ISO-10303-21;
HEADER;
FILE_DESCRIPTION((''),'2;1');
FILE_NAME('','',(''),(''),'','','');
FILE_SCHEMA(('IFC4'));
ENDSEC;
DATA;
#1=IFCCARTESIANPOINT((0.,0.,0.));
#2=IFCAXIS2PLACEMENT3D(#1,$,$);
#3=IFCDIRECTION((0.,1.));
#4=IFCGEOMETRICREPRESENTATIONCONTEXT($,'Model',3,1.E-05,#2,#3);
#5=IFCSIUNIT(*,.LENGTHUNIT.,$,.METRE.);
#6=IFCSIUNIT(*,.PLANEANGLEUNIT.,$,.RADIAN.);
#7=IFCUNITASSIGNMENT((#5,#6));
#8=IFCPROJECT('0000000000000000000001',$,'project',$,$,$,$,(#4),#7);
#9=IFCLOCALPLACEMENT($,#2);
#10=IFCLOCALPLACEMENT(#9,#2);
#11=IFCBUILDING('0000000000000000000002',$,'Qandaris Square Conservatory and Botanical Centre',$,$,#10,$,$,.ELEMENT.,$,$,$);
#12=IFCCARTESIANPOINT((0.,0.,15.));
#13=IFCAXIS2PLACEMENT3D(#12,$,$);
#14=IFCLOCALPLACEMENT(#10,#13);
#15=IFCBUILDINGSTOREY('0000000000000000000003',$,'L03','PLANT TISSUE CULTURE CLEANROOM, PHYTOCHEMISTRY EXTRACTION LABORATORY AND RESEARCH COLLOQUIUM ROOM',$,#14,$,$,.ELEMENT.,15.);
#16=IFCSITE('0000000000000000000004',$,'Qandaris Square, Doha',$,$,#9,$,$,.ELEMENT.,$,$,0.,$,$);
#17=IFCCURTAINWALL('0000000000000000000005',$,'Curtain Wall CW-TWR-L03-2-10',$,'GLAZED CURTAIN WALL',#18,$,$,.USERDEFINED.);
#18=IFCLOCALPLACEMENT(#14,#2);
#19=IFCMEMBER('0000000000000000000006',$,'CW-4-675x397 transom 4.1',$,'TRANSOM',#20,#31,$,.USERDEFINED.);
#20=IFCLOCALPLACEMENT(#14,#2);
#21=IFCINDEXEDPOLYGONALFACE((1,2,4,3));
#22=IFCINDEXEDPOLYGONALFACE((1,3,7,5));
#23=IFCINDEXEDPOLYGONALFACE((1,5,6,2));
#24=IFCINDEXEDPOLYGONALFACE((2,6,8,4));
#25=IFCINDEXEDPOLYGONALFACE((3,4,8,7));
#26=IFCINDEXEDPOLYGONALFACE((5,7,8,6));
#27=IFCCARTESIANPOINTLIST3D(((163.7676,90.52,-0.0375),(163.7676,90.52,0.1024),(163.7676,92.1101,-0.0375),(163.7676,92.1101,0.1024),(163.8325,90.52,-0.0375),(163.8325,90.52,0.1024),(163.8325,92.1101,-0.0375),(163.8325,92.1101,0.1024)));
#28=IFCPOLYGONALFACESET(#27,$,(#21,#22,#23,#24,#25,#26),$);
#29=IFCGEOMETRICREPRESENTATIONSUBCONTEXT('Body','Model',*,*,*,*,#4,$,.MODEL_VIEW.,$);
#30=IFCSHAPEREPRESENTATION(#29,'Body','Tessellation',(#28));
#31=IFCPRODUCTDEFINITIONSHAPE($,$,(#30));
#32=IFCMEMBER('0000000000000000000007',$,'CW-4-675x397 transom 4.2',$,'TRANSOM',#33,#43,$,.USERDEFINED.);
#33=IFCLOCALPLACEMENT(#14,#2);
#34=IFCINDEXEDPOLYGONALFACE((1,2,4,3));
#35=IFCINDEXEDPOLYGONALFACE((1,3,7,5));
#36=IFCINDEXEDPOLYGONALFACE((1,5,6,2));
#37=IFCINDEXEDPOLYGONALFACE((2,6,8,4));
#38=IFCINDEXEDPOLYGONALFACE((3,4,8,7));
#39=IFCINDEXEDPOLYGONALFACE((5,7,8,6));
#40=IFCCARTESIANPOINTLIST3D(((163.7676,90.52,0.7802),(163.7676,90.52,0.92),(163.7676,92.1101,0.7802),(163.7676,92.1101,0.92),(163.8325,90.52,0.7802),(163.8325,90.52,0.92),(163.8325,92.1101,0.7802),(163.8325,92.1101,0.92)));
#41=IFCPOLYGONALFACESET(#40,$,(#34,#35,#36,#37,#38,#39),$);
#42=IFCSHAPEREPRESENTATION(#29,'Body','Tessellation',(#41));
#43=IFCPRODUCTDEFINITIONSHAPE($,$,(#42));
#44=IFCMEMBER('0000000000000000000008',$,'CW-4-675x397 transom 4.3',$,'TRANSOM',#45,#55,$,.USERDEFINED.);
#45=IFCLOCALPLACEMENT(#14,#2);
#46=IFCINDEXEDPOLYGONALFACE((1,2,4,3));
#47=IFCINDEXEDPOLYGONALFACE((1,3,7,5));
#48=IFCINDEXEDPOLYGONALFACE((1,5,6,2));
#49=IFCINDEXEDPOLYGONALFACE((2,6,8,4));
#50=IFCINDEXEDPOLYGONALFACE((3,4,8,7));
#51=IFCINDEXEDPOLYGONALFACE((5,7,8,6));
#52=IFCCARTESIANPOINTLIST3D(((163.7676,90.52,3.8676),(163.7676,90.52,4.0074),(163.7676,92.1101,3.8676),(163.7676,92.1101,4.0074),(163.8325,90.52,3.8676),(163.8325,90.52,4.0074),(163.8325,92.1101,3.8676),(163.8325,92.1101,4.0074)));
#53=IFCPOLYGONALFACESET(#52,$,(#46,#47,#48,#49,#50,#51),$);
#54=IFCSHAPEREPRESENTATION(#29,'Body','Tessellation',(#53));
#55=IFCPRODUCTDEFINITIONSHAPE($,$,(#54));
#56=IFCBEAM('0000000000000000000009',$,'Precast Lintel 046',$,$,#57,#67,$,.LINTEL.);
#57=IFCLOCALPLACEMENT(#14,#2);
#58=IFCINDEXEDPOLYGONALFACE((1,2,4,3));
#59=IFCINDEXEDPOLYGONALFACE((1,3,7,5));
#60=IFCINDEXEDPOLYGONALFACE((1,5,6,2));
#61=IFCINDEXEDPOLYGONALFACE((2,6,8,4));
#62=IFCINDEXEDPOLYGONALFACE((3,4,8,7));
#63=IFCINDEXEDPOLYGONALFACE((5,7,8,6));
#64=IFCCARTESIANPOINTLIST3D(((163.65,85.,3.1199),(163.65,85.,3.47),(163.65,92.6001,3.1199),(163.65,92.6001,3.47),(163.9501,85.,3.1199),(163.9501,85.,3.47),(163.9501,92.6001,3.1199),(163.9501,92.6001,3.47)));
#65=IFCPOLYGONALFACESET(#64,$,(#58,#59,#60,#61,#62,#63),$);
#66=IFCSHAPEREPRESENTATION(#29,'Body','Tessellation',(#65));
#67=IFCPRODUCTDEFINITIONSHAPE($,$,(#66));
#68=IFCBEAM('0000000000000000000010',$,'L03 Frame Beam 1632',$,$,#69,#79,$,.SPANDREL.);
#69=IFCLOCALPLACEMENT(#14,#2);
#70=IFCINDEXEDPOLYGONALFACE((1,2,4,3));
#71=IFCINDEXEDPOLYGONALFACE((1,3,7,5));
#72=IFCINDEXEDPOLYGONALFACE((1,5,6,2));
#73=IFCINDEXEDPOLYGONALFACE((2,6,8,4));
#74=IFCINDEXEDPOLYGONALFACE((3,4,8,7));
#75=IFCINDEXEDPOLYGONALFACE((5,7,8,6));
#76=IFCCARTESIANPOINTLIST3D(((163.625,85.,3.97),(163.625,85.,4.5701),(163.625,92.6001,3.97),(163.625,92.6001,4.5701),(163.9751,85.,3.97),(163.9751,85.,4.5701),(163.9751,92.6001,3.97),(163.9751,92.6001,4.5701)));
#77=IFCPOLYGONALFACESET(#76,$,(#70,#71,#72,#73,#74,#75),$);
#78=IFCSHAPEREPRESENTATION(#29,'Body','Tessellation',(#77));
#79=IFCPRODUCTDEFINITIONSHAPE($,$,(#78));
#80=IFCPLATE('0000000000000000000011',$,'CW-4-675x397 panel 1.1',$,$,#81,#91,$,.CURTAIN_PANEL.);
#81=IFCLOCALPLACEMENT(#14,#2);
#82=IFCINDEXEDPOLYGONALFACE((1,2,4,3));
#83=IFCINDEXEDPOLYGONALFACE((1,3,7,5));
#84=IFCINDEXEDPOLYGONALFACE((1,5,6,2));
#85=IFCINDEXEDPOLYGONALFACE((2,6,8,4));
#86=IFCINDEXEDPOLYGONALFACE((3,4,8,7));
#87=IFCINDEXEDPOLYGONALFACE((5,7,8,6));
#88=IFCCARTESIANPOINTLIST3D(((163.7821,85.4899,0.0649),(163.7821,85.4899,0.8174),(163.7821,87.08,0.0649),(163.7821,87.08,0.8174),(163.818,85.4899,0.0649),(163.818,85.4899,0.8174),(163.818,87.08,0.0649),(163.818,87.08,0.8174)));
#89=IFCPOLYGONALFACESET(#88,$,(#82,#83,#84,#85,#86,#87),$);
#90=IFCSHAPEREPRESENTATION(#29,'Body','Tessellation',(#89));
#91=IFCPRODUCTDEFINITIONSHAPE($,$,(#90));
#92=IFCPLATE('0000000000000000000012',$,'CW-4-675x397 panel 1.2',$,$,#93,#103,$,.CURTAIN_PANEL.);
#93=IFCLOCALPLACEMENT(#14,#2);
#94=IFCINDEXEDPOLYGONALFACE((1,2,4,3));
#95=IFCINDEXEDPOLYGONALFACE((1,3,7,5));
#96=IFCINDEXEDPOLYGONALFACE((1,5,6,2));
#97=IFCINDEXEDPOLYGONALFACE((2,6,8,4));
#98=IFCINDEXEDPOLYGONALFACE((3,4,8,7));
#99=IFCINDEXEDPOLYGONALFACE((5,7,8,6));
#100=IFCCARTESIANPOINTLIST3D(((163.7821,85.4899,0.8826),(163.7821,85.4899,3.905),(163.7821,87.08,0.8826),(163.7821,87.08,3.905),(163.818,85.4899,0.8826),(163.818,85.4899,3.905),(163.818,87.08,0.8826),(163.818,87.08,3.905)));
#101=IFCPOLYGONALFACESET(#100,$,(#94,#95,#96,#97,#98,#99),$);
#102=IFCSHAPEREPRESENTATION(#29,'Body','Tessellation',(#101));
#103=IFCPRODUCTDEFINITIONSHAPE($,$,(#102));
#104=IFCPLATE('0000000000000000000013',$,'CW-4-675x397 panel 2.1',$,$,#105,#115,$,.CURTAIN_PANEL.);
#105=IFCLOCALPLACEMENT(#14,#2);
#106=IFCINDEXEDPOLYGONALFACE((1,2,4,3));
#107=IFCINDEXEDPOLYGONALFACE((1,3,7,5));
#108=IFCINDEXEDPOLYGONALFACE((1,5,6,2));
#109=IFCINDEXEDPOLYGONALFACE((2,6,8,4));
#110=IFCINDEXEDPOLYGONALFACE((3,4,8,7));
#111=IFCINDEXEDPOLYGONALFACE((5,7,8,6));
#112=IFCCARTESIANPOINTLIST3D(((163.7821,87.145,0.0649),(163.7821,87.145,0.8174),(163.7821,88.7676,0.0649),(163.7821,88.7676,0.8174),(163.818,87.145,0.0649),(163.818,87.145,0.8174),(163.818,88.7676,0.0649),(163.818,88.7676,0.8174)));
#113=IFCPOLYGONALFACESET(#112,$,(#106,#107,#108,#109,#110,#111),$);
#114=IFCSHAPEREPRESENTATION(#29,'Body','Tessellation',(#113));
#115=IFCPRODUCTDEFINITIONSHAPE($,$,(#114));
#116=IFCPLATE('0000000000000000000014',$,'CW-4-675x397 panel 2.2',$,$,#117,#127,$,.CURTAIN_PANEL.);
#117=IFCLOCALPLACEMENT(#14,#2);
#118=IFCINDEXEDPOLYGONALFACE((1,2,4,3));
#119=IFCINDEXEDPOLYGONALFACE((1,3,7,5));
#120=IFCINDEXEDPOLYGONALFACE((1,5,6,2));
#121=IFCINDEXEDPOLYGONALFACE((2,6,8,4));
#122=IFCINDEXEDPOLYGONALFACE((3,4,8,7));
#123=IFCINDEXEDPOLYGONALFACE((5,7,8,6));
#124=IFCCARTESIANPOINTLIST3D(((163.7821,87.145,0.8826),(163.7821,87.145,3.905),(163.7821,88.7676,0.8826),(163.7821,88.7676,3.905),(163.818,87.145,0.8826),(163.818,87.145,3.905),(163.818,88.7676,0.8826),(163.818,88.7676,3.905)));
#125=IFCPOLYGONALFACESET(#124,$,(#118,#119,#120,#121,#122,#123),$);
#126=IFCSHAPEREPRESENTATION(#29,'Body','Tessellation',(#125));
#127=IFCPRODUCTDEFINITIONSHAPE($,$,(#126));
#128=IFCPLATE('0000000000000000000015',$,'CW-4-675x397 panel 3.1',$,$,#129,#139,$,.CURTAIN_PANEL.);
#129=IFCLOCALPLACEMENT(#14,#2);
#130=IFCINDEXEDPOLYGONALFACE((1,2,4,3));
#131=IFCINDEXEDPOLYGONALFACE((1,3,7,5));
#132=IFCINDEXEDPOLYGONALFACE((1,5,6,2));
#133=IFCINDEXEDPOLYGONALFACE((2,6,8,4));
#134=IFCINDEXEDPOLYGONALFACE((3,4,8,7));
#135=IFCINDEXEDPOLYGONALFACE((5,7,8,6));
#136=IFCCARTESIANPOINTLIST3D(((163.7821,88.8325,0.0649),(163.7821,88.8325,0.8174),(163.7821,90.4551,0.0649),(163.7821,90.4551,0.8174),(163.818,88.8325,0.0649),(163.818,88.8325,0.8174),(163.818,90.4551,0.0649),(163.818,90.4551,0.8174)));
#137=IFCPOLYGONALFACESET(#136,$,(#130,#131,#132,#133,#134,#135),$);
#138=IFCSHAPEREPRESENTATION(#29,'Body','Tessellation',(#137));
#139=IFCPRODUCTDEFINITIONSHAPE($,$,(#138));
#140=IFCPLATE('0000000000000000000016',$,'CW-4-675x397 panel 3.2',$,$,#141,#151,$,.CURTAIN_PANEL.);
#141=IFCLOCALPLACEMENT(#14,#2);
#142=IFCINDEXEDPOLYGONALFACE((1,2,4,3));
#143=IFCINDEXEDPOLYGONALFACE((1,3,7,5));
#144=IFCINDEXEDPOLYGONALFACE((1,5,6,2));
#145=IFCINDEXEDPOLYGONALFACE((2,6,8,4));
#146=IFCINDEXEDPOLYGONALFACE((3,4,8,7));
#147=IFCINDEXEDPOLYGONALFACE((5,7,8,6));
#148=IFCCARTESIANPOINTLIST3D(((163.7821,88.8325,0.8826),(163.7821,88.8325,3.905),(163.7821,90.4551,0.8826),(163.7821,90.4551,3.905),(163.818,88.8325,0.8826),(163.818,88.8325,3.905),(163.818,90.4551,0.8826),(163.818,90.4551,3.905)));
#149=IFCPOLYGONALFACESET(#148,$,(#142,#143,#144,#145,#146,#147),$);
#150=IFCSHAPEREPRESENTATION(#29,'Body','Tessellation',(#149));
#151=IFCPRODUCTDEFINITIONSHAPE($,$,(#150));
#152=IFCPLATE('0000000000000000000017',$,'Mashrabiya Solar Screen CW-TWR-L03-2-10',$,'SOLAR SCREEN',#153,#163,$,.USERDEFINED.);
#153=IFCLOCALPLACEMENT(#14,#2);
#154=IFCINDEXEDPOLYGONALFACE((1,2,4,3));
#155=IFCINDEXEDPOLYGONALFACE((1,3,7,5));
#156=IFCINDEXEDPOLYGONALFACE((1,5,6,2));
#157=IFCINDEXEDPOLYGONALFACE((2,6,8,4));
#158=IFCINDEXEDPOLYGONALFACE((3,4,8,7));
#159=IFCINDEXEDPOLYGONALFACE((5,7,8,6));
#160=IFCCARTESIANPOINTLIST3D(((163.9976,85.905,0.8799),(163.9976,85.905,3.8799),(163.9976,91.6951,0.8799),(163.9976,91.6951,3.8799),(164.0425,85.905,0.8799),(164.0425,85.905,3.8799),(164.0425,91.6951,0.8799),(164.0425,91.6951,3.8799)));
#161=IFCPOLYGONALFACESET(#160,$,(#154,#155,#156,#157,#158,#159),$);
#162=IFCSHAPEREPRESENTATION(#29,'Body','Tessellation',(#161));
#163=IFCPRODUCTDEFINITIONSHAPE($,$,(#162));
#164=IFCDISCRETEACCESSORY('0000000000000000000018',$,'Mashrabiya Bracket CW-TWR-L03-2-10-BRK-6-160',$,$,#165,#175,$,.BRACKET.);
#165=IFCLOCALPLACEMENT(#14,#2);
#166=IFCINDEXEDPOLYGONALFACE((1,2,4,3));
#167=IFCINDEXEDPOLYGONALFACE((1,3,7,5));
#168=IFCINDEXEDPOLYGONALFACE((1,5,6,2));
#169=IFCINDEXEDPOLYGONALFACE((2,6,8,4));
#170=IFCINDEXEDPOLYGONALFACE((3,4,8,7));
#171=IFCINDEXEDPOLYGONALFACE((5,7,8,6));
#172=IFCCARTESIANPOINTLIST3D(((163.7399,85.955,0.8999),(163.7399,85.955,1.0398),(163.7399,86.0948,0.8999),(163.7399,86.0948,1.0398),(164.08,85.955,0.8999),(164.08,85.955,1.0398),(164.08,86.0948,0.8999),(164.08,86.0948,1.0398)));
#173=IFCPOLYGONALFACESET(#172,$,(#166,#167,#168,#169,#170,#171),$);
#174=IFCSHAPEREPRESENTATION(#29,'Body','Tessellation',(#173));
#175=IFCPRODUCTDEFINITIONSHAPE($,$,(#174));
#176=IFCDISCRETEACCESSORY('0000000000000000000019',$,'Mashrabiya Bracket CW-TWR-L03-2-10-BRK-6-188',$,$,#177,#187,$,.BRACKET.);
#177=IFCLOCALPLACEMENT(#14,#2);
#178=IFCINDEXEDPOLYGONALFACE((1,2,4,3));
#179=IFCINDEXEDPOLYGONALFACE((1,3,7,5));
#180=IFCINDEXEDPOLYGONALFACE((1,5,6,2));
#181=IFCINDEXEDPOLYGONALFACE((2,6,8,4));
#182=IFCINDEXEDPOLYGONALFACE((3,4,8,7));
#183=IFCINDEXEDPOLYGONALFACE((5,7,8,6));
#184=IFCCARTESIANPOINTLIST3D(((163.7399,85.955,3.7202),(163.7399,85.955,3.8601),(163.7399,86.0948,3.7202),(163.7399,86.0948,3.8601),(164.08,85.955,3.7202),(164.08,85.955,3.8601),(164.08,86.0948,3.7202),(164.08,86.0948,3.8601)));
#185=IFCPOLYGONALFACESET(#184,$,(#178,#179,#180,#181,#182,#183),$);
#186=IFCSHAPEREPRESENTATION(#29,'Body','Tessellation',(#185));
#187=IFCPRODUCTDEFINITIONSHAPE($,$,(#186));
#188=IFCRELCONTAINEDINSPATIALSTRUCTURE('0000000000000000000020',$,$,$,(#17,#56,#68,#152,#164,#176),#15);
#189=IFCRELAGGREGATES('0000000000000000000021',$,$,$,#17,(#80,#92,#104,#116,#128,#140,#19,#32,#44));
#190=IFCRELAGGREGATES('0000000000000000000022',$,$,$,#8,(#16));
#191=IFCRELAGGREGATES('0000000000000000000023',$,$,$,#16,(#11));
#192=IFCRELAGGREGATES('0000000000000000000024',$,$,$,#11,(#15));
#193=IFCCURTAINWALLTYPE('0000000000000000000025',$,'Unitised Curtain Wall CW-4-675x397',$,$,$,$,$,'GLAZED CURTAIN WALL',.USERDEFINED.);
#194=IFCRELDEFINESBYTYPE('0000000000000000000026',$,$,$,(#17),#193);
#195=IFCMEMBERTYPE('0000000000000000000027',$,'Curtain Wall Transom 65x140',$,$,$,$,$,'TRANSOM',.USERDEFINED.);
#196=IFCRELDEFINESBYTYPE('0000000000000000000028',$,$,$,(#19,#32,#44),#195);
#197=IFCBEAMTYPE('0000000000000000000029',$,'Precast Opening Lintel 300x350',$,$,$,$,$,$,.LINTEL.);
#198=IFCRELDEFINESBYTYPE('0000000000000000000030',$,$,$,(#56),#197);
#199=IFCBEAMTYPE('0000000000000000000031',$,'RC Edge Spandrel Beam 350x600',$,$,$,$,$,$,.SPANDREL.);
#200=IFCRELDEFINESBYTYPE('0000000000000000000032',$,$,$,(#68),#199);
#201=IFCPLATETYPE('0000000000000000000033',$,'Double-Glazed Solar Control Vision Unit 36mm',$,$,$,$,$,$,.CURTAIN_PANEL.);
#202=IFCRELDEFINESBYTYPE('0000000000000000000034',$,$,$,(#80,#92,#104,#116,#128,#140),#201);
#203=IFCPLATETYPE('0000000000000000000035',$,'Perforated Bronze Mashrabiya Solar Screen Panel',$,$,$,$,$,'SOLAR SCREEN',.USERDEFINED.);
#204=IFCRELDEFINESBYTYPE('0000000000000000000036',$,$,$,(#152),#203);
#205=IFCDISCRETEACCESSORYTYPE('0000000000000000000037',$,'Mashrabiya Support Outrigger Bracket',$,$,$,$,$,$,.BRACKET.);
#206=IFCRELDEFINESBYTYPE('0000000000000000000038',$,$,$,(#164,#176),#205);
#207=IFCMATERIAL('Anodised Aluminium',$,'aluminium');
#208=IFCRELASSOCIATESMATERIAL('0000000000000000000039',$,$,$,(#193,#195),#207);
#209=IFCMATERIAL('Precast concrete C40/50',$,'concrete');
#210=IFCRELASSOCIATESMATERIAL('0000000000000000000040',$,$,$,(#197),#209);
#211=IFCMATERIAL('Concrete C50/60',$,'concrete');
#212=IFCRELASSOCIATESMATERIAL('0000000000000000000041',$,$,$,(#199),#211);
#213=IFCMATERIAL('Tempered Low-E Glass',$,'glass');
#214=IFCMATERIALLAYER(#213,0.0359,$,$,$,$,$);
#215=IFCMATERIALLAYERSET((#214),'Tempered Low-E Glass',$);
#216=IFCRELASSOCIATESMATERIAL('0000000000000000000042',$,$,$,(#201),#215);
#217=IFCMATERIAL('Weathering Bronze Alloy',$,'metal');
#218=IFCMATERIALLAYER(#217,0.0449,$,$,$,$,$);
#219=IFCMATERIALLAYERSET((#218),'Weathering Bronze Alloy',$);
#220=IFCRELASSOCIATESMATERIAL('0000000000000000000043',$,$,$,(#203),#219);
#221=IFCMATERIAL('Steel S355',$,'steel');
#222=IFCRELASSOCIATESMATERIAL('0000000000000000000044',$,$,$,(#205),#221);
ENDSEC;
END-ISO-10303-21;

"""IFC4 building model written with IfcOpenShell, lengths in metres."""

from ifc_helpers import new_model, si_unit, direction, frame, origin, origin_2d, place, context, subcontext, project, spatial, rectangle, extrude, material, layer, layer_set, material_profile, profile_set, type_object, element, aggregate, save


model = new_model("IFC4")

# Units and contexts
model_context = context("Model", 3, precision=1e-05, world=origin(), true_north=direction((0.0, 1.0)))
body_context = subcontext(model_context, "Body", "Model", "MODEL_VIEW")
ifc_project = project(units=[si_unit("LENGTHUNIT", "METRE"), si_unit("PLANEANGLEUNIT", "RADIAN")], contexts=[model_context])

# Site, building, storey
site_placement = place(None, origin())
site = spatial("IfcSite", under=ifc_project, at=site_placement, Name="Qandaris Square, Doha", CompositionType="ELEMENT", RefElevation=0.0)
building_placement = place(site_placement, origin())
building = spatial("IfcBuilding", under=site, at=building_placement, Name="Qandaris Square Conservatory and Botanical Centre", CompositionType="ELEMENT")
storey_placement = place(building_placement, frame((0.0, 0.0, 15.0)))
storey = spatial("IfcBuildingStorey", under=building, at=storey_placement, Name="L03", Description="PLANT TISSUE CULTURE CLEANROOM, PHYTOCHEMISTRY EXTRACTION LABORATORY AND RESEARCH COLLOQUIUM ROOM", CompositionType="ELEMENT", Elevation=15.0)

# Shared definitions
ifc_material_1 = material(Name="Concrete C50/60", Category="concrete")

# Curtain wall, members
ifc_material_2 = material(Name="Anodised Aluminium", Category="aluminium")
curtain_wall_type = type_object("IfcCurtainWallType", Name="Unitised Curtain Wall CW-4-675x397", ElementType="GLAZED CURTAIN WALL", PredefinedType="USERDEFINED", material=ifc_material_2)
curtain_wall_placement = place(storey_placement, origin())
curtain_wall = element("IfcCurtainWall", 1, at=curtain_wall_placement, inside=storey, type_object=curtain_wall_type, Name="Curtain Wall CW-TWR-L03-2-10", ObjectType="GLAZED CURTAIN WALL", PredefinedType="USERDEFINED")
ifc_material_profile_1 = material_profile(ifc_material_2, rectangle(XDim=0.0649, YDim=0.1399, at=origin_2d()), Name="ALU-TRN 65x140")
ifc_profile_set_1 = profile_set([ifc_material_profile_1], Name="Anodised Aluminium")
member_type_1 = type_object("IfcMemberType", Name="Curtain Wall Transom 65x140", ElementType="TRANSOM", PredefinedType="USERDEFINED", material=ifc_profile_set_1)
member_1_placement = place(storey_placement, frame((163.8, 90.52, 0.0325), z_axis=(0.0, 1.0, 0.0), x_axis=(-1.0, 0.0, 0.0)))
member_1 = element("IfcMember", 2, at=member_1_placement, type_object=member_type_1, Name="CW-4-675x397 transom 4.1", ObjectType="TRANSOM", PredefinedType="USERDEFINED", context=body_context, shape_type="SweptSolid", body=[
    extrude(rectangle(XDim=0.0649, YDim=0.1399, at=origin_2d()), origin(), (0.0, 0.0, 1.0), 1.5901),
])
member_2_placement = place(storey_placement, frame((163.8, 90.52, 0.8501), z_axis=(0.0, 1.0, 0.0), x_axis=(-1.0, 0.0, 0.0)))
member_2 = element("IfcMember", 3, at=member_2_placement, type_object=member_type_1, Name="CW-4-675x397 transom 4.2", ObjectType="TRANSOM", PredefinedType="USERDEFINED", context=body_context, shape_type="SweptSolid", body=[
    extrude(rectangle(XDim=0.0649, YDim=0.1399, at=origin_2d()), origin(), (0.0, 0.0, 1.0), 1.5901),
])
member_3_placement = place(storey_placement, frame((163.8, 90.52, 3.9375), z_axis=(0.0, 1.0, 0.0), x_axis=(-1.0, 0.0, 0.0)))
member_3 = element("IfcMember", 4, at=member_3_placement, type_object=member_type_1, Name="CW-4-675x397 transom 4.3", ObjectType="TRANSOM", PredefinedType="USERDEFINED", context=body_context, shape_type="SweptSolid", body=[
    extrude(rectangle(XDim=0.0649, YDim=0.1399, at=origin_2d()), origin(), (0.0, 0.0, 1.0), 1.5901),
])

# Beams
ifc_material_3 = material(Name="Precast concrete C40/50", Category="concrete")
ifc_material_profile_2 = material_profile(ifc_material_3, rectangle(XDim=0.3, YDim=0.3501, at=origin_2d()), Name="RC-LN 300x350")
ifc_profile_set_2 = profile_set([ifc_material_profile_2], Name="Precast concrete C40/50")
beam_type_1 = type_object("IfcBeamType", Name="Precast Opening Lintel 300x350", PredefinedType="LINTEL", material=ifc_profile_set_2)
beam_1_placement = place(storey_placement, frame((163.8, 85.0, 3.2949), z_axis=(0.0, 1.0, 0.0), x_axis=(-1.0, 0.0, 0.0)))
element("IfcBeam", 5, at=beam_1_placement, inside=storey, type_object=beam_type_1, Name="Precast Lintel 046", PredefinedType="LINTEL", context=body_context, shape_type="SweptSolid", body=[
    extrude(rectangle(XDim=0.3, YDim=0.3501, at=origin_2d()), origin(), (0.0, 0.0, 1.0), 7.6001),
])
ifc_material_profile_3 = material_profile(ifc_material_1, rectangle(XDim=0.3501, YDim=0.6001, at=origin_2d()), Name="RC-SP 350x600")
ifc_profile_set_3 = profile_set([ifc_material_profile_3], Name="Concrete C50/60")
beam_type_2 = type_object("IfcBeamType", Name="RC Edge Spandrel Beam 350x600", PredefinedType="SPANDREL", material=ifc_profile_set_3)
beam_2_placement = place(storey_placement, frame((163.8, 85.0, 4.27), z_axis=(0.0, 1.0, 0.0), x_axis=(-1.0, 0.0, 0.0)))
element("IfcBeam", 6, at=beam_2_placement, inside=storey, type_object=beam_type_2, Name="L03 Frame Beam 1632", PredefinedType="SPANDREL", context=body_context, shape_type="SweptSolid", body=[
    extrude(rectangle(XDim=0.3501, YDim=0.6001, at=origin_2d()), origin(), (0.0, 0.0, 1.0), 7.6001),
])

# Plates
ifc_material_4 = material(Name="Tempered Low-E Glass", Category="glass")
ifc_layer_1 = layer(ifc_material_4, 0.0359)
ifc_layer_set_1 = layer_set([ifc_layer_1], Name="Tempered Low-E Glass")
plate_type_1 = type_object("IfcPlateType", Name="Double-Glazed Solar Control Vision Unit 36mm", PredefinedType="CURTAIN_PANEL", material=ifc_layer_set_1)
plate_1_placement = place(storey_placement, frame((163.8, 86.2849, 0.0649), z_axis=(0.0, 0.0, 1.0), x_axis=(0.0, 1.0, 0.0)))
plate_1 = element("IfcPlate", 7, at=plate_1_placement, type_object=plate_type_1, Name="CW-4-675x397 panel 1.1", PredefinedType="CURTAIN_PANEL", context=body_context, shape_type="SweptSolid", body=[
    extrude(rectangle(XDim=1.5901, YDim=0.0359, at=origin_2d()), origin(), (0.0, 0.0, 1.0), 0.7524),
])
plate_2_placement = place(storey_placement, frame((163.8, 86.2849, 0.8826), z_axis=(0.0, 0.0, 1.0), x_axis=(0.0, 1.0, 0.0)))
plate_2 = element("IfcPlate", 8, at=plate_2_placement, type_object=plate_type_1, Name="CW-4-675x397 panel 1.2", PredefinedType="CURTAIN_PANEL", context=body_context, shape_type="SweptSolid", body=[
    extrude(rectangle(XDim=1.5901, YDim=0.0359, at=origin_2d()), origin(), (0.0, 0.0, 1.0), 3.0225),
])
plate_3_placement = place(storey_placement, frame((163.8, 87.9563, 0.0649), z_axis=(0.0, 0.0, 1.0), x_axis=(0.0, 1.0, 0.0)))
plate_3 = element("IfcPlate", 9, at=plate_3_placement, type_object=plate_type_1, Name="CW-4-675x397 panel 2.1", PredefinedType="CURTAIN_PANEL", context=body_context, shape_type="SweptSolid", body=[
    extrude(rectangle(XDim=1.6226, YDim=0.0359, at=origin_2d()), origin(), (0.0, 0.0, 1.0), 0.7524),
])
plate_4_placement = place(storey_placement, frame((163.8, 87.9563, 0.8826), z_axis=(0.0, 0.0, 1.0), x_axis=(0.0, 1.0, 0.0)))
plate_4 = element("IfcPlate", 10, at=plate_4_placement, type_object=plate_type_1, Name="CW-4-675x397 panel 2.2", PredefinedType="CURTAIN_PANEL", context=body_context, shape_type="SweptSolid", body=[
    extrude(rectangle(XDim=1.6226, YDim=0.0359, at=origin_2d()), origin(), (0.0, 0.0, 1.0), 3.0225),
])
plate_5_placement = place(storey_placement, frame((163.8, 89.6438, 0.0649), z_axis=(0.0, 0.0, 1.0), x_axis=(0.0, 1.0, 0.0)))
plate_5 = element("IfcPlate", 11, at=plate_5_placement, type_object=plate_type_1, Name="CW-4-675x397 panel 3.1", PredefinedType="CURTAIN_PANEL", context=body_context, shape_type="SweptSolid", body=[
    extrude(rectangle(XDim=1.6226, YDim=0.0359, at=origin_2d()), origin(), (0.0, 0.0, 1.0), 0.7524),
])
plate_6_placement = place(storey_placement, frame((163.8, 89.6438, 0.8826), z_axis=(0.0, 0.0, 1.0), x_axis=(0.0, 1.0, 0.0)))
plate_6 = element("IfcPlate", 12, at=plate_6_placement, type_object=plate_type_1, Name="CW-4-675x397 panel 3.2", PredefinedType="CURTAIN_PANEL", context=body_context, shape_type="SweptSolid", body=[
    extrude(rectangle(XDim=1.6226, YDim=0.0359, at=origin_2d()), origin(), (0.0, 0.0, 1.0), 3.0225),
])
aggregate(curtain_wall, [plate_1, plate_2, plate_3, plate_4, plate_5, plate_6, member_1, member_2, member_3])
ifc_material_5 = material(Name="Weathering Bronze Alloy", Category="metal")
ifc_layer_2 = layer(ifc_material_5, 0.0449)
ifc_layer_set_2 = layer_set([ifc_layer_2], Name="Weathering Bronze Alloy")
plate_type_2 = type_object("IfcPlateType", Name="Perforated Bronze Mashrabiya Solar Screen Panel", ElementType="SOLAR SCREEN", PredefinedType="USERDEFINED", material=ifc_layer_set_2)
plate_7_placement = place(storey_placement, frame((164.02, 88.8, 0.8799), z_axis=(0.0, 0.0, 1.0), x_axis=(0.0, 1.0, 0.0)))
element("IfcPlate", 13, at=plate_7_placement, inside=storey, type_object=plate_type_2, Name="Mashrabiya Solar Screen CW-TWR-L03-2-10", ObjectType="SOLAR SCREEN", PredefinedType="USERDEFINED", context=body_context, shape_type="SweptSolid", body=[
    extrude(rectangle(XDim=5.79, YDim=0.0449, at=origin_2d()), origin(), (0.0, 0.0, 1.0), 3.0),
])

# Discrete accessories
ifc_material_6 = material(Name="Steel S355", Category="steel")
discrete_accessory_type = type_object("IfcDiscreteAccessoryType", Name="Mashrabiya Support Outrigger Bracket", PredefinedType="BRACKET", material=ifc_material_6)
for number, where, z_axis, x_axis, name in (
    (14, (163.9099, 86.0249, 0.8999), (0.0, 0.0, 1.0), (0.0, 1.0, 0.0), "Mashrabiya Bracket CW-TWR-L03-2-10-BRK-6-160"),
    (15, (163.9099, 86.0249, 3.7202), (0.0, 0.0, 1.0), (0.0, 1.0, 0.0), "Mashrabiya Bracket CW-TWR-L03-2-10-BRK-6-188"),
):
    element("IfcDiscreteAccessory", number, at=place(storey_placement, frame(where, z_axis=z_axis, x_axis=x_axis)), inside=storey, type_object=discrete_accessory_type, Name=name, PredefinedType="BRACKET", context=body_context, shape_type="SweptSolid", body=[
        extrude(rectangle(XDim=0.1399, YDim=0.3401, at=origin_2d()), origin(), (0.0, 0.0, 1.0), 0.1399),
    ])

save(model, "model.ifc")
